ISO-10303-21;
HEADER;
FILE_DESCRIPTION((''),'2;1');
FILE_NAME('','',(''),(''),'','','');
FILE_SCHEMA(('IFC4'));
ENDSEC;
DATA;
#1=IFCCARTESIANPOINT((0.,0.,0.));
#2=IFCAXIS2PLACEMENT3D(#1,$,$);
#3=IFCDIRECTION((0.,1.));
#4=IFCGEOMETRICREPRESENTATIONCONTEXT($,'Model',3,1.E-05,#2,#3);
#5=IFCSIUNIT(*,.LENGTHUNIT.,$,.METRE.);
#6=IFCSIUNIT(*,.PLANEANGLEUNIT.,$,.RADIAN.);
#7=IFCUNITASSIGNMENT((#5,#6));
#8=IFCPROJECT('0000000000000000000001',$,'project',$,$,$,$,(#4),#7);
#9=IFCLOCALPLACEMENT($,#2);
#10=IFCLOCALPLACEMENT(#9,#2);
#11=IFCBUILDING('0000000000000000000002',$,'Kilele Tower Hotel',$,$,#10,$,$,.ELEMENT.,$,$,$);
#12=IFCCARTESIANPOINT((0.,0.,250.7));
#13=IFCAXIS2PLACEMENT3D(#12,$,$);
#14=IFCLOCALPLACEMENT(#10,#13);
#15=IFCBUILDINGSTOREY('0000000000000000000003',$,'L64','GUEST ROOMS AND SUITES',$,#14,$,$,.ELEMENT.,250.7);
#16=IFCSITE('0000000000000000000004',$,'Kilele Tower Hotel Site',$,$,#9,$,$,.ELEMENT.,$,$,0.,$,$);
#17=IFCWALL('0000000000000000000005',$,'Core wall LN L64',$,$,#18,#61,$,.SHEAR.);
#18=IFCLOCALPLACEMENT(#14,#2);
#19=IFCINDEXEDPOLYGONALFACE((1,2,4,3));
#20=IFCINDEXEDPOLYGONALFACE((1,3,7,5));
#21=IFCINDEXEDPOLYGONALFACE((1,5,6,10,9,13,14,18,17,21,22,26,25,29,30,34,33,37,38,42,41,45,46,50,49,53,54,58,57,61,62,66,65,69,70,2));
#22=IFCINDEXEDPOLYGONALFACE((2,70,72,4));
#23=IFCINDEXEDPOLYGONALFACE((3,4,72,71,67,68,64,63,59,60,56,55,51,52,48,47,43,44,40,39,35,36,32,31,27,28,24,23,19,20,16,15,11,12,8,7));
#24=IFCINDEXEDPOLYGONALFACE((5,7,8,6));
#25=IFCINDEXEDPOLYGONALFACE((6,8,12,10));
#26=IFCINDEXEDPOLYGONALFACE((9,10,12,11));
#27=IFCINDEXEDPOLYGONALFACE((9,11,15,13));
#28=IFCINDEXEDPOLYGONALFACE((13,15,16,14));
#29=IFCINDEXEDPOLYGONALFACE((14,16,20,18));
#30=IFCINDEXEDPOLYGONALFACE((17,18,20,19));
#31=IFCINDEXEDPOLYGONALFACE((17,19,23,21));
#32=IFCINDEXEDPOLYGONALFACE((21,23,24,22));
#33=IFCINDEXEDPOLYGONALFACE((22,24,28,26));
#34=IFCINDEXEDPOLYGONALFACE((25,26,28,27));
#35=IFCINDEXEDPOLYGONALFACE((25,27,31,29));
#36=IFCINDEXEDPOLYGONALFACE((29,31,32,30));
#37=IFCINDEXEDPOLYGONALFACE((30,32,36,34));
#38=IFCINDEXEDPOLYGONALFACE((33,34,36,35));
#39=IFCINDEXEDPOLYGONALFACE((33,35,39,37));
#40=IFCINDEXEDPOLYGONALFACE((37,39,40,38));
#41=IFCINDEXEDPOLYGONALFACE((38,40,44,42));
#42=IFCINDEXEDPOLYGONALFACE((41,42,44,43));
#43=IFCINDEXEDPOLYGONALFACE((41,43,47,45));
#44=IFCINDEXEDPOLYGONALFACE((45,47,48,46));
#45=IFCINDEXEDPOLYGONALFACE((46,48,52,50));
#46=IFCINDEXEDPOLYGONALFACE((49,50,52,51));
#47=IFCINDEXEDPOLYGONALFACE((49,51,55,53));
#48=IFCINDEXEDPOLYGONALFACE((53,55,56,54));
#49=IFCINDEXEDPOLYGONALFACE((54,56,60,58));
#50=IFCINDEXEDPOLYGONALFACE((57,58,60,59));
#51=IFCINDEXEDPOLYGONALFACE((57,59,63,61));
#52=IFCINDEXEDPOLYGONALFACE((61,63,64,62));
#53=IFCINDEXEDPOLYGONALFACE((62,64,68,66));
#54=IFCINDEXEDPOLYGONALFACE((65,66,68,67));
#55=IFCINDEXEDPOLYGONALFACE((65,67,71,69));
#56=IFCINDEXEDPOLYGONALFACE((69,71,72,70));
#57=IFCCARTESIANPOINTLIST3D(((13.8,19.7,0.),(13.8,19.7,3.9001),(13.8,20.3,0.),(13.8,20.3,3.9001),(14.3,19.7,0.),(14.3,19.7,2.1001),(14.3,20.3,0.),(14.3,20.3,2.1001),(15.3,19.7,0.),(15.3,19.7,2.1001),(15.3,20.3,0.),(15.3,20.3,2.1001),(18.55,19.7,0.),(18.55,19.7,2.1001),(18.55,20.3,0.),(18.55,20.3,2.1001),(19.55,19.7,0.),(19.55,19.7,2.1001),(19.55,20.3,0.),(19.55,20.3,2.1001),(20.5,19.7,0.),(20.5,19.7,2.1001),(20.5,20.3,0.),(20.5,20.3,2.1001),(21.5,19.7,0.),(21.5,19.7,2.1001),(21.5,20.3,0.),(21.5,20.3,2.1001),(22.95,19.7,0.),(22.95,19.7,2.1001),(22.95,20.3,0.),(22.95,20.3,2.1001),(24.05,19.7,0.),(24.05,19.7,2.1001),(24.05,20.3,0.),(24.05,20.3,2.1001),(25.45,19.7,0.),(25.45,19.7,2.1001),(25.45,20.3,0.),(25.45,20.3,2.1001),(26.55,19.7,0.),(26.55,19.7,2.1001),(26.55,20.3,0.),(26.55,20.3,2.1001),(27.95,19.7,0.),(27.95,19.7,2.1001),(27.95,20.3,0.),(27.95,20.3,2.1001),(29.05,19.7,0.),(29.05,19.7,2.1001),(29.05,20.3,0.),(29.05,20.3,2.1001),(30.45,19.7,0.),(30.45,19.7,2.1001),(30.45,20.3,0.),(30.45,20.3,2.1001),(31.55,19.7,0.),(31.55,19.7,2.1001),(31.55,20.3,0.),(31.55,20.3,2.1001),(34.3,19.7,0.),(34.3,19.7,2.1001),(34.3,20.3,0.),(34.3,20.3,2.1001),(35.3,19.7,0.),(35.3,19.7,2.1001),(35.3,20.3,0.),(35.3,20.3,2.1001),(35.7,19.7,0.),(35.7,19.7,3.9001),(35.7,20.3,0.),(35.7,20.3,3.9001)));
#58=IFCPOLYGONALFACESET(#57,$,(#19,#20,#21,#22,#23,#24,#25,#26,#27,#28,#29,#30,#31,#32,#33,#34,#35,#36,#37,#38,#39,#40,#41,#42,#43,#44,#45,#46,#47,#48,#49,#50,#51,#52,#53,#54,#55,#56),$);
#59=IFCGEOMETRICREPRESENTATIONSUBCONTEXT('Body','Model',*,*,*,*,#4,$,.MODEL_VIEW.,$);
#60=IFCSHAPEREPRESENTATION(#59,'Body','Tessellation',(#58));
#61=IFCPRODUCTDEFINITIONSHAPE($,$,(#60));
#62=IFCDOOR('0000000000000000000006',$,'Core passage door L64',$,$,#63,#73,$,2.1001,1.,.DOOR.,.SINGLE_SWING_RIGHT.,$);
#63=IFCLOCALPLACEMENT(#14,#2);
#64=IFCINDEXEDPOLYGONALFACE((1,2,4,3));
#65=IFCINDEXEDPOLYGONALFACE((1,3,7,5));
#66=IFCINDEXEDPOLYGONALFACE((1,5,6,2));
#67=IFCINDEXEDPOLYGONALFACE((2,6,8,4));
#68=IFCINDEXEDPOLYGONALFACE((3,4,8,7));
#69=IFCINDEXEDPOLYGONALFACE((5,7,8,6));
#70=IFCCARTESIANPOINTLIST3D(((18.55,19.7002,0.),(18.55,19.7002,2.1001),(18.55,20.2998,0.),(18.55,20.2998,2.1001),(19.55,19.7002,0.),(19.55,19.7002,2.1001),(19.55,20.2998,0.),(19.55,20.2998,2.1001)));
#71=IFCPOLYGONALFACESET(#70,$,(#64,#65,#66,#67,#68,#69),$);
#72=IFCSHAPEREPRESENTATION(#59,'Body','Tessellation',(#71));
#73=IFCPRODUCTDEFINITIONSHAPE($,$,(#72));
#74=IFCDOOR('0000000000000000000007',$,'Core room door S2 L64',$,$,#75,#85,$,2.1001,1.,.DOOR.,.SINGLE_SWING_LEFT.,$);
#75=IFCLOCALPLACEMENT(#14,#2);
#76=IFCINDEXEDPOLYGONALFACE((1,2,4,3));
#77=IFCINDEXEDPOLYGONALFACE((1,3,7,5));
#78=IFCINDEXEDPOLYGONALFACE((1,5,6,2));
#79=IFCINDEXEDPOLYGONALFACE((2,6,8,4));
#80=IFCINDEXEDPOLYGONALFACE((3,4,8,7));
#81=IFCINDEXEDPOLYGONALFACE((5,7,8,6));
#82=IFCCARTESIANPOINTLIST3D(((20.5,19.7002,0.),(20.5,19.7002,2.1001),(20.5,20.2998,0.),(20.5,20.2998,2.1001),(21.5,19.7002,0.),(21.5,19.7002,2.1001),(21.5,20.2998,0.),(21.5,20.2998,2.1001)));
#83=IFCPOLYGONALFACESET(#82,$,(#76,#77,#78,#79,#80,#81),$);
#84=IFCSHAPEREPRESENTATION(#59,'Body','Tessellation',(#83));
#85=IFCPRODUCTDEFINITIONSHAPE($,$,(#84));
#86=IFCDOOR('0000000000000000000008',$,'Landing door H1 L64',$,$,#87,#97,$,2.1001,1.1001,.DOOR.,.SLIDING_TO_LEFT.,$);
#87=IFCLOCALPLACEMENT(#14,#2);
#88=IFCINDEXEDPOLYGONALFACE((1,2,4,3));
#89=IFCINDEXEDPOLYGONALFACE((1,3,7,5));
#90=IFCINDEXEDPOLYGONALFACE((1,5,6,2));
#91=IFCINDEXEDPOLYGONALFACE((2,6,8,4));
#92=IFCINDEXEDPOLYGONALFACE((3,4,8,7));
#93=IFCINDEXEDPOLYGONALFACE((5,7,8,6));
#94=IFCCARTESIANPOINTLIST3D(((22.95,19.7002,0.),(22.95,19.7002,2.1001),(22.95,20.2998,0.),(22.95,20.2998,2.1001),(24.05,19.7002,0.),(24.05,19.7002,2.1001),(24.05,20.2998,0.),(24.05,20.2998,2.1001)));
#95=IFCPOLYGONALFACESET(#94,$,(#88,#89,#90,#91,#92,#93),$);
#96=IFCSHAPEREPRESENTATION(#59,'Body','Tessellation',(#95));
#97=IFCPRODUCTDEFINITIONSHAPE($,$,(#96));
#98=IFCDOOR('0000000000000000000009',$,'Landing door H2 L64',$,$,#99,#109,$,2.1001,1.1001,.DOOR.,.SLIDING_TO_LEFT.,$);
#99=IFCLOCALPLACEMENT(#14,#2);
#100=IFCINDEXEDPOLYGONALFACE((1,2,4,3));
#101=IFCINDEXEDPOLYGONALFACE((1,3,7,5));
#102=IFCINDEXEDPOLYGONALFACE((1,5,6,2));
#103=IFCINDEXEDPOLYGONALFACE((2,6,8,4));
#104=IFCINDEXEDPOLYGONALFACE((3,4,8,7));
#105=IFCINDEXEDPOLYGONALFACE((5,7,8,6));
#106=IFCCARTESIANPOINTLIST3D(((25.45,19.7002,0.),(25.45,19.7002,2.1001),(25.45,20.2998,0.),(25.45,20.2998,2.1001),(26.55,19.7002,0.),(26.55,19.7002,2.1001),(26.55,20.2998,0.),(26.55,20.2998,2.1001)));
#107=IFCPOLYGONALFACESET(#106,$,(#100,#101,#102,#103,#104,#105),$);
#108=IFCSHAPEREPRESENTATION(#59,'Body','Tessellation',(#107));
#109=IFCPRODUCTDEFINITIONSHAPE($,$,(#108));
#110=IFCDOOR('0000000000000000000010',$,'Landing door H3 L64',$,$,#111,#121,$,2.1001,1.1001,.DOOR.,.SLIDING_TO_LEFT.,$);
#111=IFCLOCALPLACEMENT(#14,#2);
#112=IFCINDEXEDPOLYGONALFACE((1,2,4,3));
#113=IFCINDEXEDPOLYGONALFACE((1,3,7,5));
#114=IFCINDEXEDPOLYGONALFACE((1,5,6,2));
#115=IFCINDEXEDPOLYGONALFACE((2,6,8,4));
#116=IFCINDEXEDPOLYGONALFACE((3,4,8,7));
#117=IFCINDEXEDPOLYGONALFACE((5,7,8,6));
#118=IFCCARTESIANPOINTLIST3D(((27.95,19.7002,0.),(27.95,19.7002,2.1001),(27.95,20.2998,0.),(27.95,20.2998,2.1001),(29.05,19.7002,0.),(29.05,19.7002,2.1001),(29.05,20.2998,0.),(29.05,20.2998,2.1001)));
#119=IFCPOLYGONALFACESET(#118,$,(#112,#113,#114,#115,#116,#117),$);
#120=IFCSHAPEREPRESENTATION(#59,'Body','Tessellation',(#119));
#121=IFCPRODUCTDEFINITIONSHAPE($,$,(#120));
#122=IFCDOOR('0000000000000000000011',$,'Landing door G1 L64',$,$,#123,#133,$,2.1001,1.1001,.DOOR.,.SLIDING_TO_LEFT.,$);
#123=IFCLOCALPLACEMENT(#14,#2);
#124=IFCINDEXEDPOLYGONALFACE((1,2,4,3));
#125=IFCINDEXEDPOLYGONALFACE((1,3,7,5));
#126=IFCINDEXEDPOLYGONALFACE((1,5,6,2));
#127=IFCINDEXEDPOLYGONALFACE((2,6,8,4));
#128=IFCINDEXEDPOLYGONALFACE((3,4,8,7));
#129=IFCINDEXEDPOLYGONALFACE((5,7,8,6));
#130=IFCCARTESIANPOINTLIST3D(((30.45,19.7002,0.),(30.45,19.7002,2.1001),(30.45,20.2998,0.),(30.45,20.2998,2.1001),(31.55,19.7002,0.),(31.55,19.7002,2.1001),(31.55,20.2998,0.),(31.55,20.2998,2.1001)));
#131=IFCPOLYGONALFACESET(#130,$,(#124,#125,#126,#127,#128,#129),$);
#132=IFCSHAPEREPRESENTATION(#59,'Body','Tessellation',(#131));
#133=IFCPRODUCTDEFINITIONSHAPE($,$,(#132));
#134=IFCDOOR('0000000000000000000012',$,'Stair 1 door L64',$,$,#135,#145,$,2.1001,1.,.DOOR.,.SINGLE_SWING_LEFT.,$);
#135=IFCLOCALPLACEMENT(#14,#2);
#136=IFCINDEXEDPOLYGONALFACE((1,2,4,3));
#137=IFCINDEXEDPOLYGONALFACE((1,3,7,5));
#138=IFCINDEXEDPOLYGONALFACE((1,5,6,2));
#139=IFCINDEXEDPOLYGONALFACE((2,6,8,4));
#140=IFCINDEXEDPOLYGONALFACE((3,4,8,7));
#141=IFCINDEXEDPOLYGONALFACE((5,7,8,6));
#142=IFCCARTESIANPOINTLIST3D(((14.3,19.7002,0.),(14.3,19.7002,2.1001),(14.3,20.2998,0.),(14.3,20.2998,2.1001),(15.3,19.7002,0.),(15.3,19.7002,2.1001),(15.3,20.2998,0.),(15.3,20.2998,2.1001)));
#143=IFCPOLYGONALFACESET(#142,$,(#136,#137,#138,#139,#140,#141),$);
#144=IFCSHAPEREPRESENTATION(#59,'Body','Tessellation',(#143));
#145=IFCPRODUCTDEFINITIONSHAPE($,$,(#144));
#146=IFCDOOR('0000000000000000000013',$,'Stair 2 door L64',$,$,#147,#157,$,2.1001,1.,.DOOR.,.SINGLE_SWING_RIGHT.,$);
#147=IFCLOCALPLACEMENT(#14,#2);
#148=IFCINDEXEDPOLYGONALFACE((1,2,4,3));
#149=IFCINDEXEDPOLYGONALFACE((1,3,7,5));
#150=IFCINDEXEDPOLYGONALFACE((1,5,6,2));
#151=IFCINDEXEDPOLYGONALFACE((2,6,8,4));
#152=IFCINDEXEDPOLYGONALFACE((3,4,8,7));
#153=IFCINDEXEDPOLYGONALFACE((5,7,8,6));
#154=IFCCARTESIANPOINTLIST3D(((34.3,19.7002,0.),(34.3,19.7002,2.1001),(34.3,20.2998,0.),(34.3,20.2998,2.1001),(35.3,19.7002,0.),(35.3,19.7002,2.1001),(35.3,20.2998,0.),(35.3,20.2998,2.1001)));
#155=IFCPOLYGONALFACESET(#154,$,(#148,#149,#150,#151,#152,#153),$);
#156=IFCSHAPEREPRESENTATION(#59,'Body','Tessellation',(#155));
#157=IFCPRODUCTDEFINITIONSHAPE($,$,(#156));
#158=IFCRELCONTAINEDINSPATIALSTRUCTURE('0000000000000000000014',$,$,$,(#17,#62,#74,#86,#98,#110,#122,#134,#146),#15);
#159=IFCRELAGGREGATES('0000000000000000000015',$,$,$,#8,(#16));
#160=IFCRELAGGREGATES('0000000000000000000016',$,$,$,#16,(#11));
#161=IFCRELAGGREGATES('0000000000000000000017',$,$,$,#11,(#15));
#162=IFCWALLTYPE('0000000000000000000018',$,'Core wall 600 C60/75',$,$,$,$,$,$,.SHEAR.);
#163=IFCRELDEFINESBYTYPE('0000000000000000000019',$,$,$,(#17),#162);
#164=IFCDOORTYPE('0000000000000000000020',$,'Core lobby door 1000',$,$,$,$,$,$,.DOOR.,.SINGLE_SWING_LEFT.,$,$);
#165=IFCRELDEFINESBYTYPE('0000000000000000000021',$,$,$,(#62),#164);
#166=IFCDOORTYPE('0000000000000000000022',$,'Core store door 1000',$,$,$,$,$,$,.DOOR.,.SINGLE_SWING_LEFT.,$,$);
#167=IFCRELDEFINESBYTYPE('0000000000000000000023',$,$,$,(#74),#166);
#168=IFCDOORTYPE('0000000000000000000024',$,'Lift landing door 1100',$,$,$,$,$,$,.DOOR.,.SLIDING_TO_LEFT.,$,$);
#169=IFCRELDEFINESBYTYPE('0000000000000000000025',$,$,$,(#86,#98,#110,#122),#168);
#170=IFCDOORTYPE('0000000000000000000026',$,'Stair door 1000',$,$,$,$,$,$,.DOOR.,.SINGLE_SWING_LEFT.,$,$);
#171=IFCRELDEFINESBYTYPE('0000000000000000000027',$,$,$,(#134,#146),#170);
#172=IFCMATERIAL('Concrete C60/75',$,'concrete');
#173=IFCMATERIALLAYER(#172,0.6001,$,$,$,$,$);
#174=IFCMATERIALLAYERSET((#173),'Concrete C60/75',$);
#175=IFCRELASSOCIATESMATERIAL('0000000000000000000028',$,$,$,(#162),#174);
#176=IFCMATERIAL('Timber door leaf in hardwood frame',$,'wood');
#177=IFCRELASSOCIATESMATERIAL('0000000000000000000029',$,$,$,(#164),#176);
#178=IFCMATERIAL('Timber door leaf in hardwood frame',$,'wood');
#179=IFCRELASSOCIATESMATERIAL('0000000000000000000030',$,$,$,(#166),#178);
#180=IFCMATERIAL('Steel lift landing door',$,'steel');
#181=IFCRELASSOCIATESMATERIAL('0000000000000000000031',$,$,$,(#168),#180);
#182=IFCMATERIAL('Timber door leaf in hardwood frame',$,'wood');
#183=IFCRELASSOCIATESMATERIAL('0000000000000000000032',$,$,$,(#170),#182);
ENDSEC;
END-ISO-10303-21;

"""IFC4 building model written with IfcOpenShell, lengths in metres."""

from ifc_helpers import new_model, si_unit, direction, frame, frame_2d, origin, place, context, subcontext, project, spatial, rectangle, extrude, material, layer, layer_set, type_object, element, fill, save


model = new_model("IFC4")

# Units and contexts
model_context = context("Model", 3, precision=1e-05, world=origin(), true_north=direction((0.0, 1.0)))
body_context = subcontext(model_context, "Body", "Model", "MODEL_VIEW")
ifc_project = project(units=[si_unit("LENGTHUNIT", "METRE"), si_unit("PLANEANGLEUNIT", "RADIAN")], contexts=[model_context])

# Site, building, storey
site_placement = place(None, origin())
site = spatial("IfcSite", under=ifc_project, at=site_placement, Name="Kilele Tower Hotel Site", CompositionType="ELEMENT", RefElevation=0.0)
building_placement = place(site_placement, origin())
building = spatial("IfcBuilding", under=site, at=building_placement, Name="Kilele Tower Hotel", CompositionType="ELEMENT")
storey_placement = place(building_placement, frame((0.0, 0.0, 250.7)))
storey = spatial("IfcBuildingStorey", under=building, at=storey_placement, Name="L64", Description="GUEST ROOMS AND SUITES", CompositionType="ELEMENT", Elevation=250.7)

# Wall, openings, doors
ifc_material_1 = material(Name="Concrete C60/75", Category="concrete")
ifc_layer_1 = layer(ifc_material_1, 0.6001)
ifc_layer_set_1 = layer_set([ifc_layer_1], Name="Concrete C60/75")
wall_type_1 = type_object("IfcWallType", Name="Core wall 600 C60/75", PredefinedType="SHEAR", material=ifc_layer_set_1)
wall_1_placement = place(storey_placement, frame((13.8, 20.0, 0.0), z_axis=(0.0, 0.0, 1.0), x_axis=(1.0, 0.0, 0.0)))
wall_1 = element("IfcWall", 1, at=wall_1_placement, inside=storey, type_object=wall_type_1, Name="Core wall LN L64", PredefinedType="SHEAR", context=body_context, shape_type="SweptSolid", body=[
    extrude(rectangle(XDim=21.8999, YDim=0.6001, at=frame_2d((10.95, 0.0))), origin(), (0.0, 0.0, 1.0), 3.9001),
])
opening_1_placement = place(wall_1_placement, frame((0.5, 0.0, 0.0)))
opening_1 = element("IfcOpeningElement", 2, at=opening_1_placement, cuts=wall_1, PredefinedType="OPENING", context=body_context, shape_type="SweptSolid", body=[
    extrude(rectangle(XDim=1.0, YDim=2.1001, at=frame_2d((0.5, 1.05))), frame((0.0, 0.3101, 0.0), z_axis=(0.0, -1.0, 0.0), x_axis=(1.0, 0.0, 0.0)), (0.0, 0.0, 1.0), 0.6201),
])
opening_2_placement = place(wall_1_placement, frame((20.5, 0.0, 0.0)))
opening_2 = element("IfcOpeningElement", 3, at=opening_2_placement, cuts=wall_1, PredefinedType="OPENING", context=body_context, shape_type="SweptSolid", body=[
    extrude(rectangle(XDim=1.0, YDim=2.1001, at=frame_2d((0.5, 1.05))), frame((0.0, 0.3101, 0.0), z_axis=(0.0, -1.0, 0.0), x_axis=(1.0, 0.0, 0.0)), (0.0, 0.0, 1.0), 0.6201),
])
opening_3_placement = place(wall_1_placement, frame((9.1499, 0.0, 0.0)))
opening_3 = element("IfcOpeningElement", 4, at=opening_3_placement, cuts=wall_1, PredefinedType="OPENING", context=body_context, shape_type="SweptSolid", body=[
    extrude(rectangle(XDim=1.1001, YDim=2.1001, at=frame_2d((0.55, 1.05))), frame((0.0, 0.3101, 0.0), z_axis=(0.0, -1.0, 0.0), x_axis=(1.0, 0.0, 0.0)), (0.0, 0.0, 1.0), 0.6201),
])
opening_4_placement = place(wall_1_placement, frame((11.6499, 0.0, 0.0)))
opening_4 = element("IfcOpeningElement", 5, at=opening_4_placement, cuts=wall_1, PredefinedType="OPENING", context=body_context, shape_type="SweptSolid", body=[
    extrude(rectangle(XDim=1.1001, YDim=2.1001, at=frame_2d((0.55, 1.05))), frame((0.0, 0.3101, 0.0), z_axis=(0.0, -1.0, 0.0), x_axis=(1.0, 0.0, 0.0)), (0.0, 0.0, 1.0), 0.6201),
])
opening_5_placement = place(wall_1_placement, frame((14.1499, 0.0, 0.0)))
opening_5 = element("IfcOpeningElement", 6, at=opening_5_placement, cuts=wall_1, PredefinedType="OPENING", context=body_context, shape_type="SweptSolid", body=[
    extrude(rectangle(XDim=1.1001, YDim=2.1001, at=frame_2d((0.55, 1.05))), frame((0.0, 0.3101, 0.0), z_axis=(0.0, -1.0, 0.0), x_axis=(1.0, 0.0, 0.0)), (0.0, 0.0, 1.0), 0.6201),
])
opening_6_placement = place(wall_1_placement, frame((16.6499, 0.0, 0.0)))
opening_6 = element("IfcOpeningElement", 7, at=opening_6_placement, cuts=wall_1, PredefinedType="OPENING", context=body_context, shape_type="SweptSolid", body=[
    extrude(rectangle(XDim=1.1001, YDim=2.1001, at=frame_2d((0.55, 1.05))), frame((0.0, 0.3101, 0.0), z_axis=(0.0, -1.0, 0.0), x_axis=(1.0, 0.0, 0.0)), (0.0, 0.0, 1.0), 0.6201),
])
opening_7_placement = place(wall_1_placement, frame((5.75, 0.0, 0.0), z_axis=(0.0, 0.0, 1.0), x_axis=(-1.0, 0.0, 0.0)))
opening_7 = element("IfcOpeningElement", 8, at=opening_7_placement, cuts=wall_1, PredefinedType="OPENING", context=body_context, shape_type="SweptSolid", body=[
    extrude(rectangle(XDim=1.0, YDim=2.1001, at=frame_2d((0.5, 1.05))), frame((0.0, 0.3101, 0.0), z_axis=(0.0, -1.0, 0.0), x_axis=(1.0, 0.0, 0.0)), (0.0, 0.0, 1.0), 0.6201),
])
opening_8_placement = place(wall_1_placement, frame((6.7, 0.0, 0.0)))
opening_8 = element("IfcOpeningElement", 9, at=opening_8_placement, cuts=wall_1, PredefinedType="OPENING", context=body_context, shape_type="SweptSolid", body=[
    extrude(rectangle(XDim=1.0, YDim=2.1001, at=frame_2d((0.5, 1.05))), frame((0.0, 0.3101, 0.0), z_axis=(0.0, -1.0, 0.0), x_axis=(1.0, 0.0, 0.0)), (0.0, 0.0, 1.0), 0.6201),
])
ifc_material_2 = material(Name="Timber door leaf in hardwood frame", Category="wood")
door_type_1 = type_object("IfcDoorType", Name="Core lobby door 1000", OperationType="SINGLE_SWING_LEFT", PredefinedType="DOOR", material=ifc_material_2)
door_1_placement = place(opening_7_placement, origin())
door_1 = element("IfcDoor", 10, at=door_1_placement, inside=storey, type_object=door_type_1, Name="Core passage door L64", OperationType="SINGLE_SWING_RIGHT", OverallHeight=2.1001, OverallWidth=1.0, PredefinedType="DOOR", context=body_context, shape_type="SweptSolid", body=[
    extrude(rectangle(XDim=1.0, YDim=2.1001, at=frame_2d((0.5, 1.05))), frame((0.0, 0.2998, 0.0), z_axis=(0.0, -1.0, 0.0), x_axis=(1.0, 0.0, 0.0)), (0.0, 0.0, 1.0), 0.5996),
])
fill(opening_7, door_1)
ifc_material_3 = material(Name="Timber door leaf in hardwood frame", Category="wood")
door_type_2 = type_object("IfcDoorType", Name="Core store door 1000", OperationType="SINGLE_SWING_LEFT", PredefinedType="DOOR", material=ifc_material_3)
door_2_placement = place(opening_8_placement, origin())
door_2 = element("IfcDoor", 11, at=door_2_placement, inside=storey, type_object=door_type_2, Name="Core room door S2 L64", OperationType="SINGLE_SWING_LEFT", OverallHeight=2.1001, OverallWidth=1.0, PredefinedType="DOOR", context=body_context, shape_type="SweptSolid", body=[
    extrude(rectangle(XDim=1.0, YDim=2.1001, at=frame_2d((0.5, 1.05))), frame((0.0, 0.2998, 0.0), z_axis=(0.0, -1.0, 0.0), x_axis=(1.0, 0.0, 0.0)), (0.0, 0.0, 1.0), 0.5996),
])
fill(opening_8, door_2)
ifc_material_4 = material(Name="Steel lift landing door", Category="steel")
door_type_3 = type_object("IfcDoorType", Name="Lift landing door 1100", OperationType="SLIDING_TO_LEFT", PredefinedType="DOOR", material=ifc_material_4)
door_3_placement = place(opening_3_placement, origin())
door_3 = element("IfcDoor", 12, at=door_3_placement, inside=storey, type_object=door_type_3, Name="Landing door H1 L64", OperationType="SLIDING_TO_LEFT", OverallHeight=2.1001, OverallWidth=1.1001, PredefinedType="DOOR", context=body_context, shape_type="SweptSolid", body=[
    extrude(rectangle(XDim=1.1001, YDim=2.1001, at=frame_2d((0.55, 1.05))), frame((0.0, 0.2998, 0.0), z_axis=(0.0, -1.0, 0.0), x_axis=(1.0, 0.0, 0.0)), (0.0, 0.0, 1.0), 0.5996),
])
fill(opening_3, door_3)
door_4_placement = place(opening_4_placement, origin())
door_4 = element("IfcDoor", 13, at=door_4_placement, inside=storey, type_object=door_type_3, Name="Landing door H2 L64", OperationType="SLIDING_TO_LEFT", OverallHeight=2.1001, OverallWidth=1.1001, PredefinedType="DOOR", context=body_context, shape_type="SweptSolid", body=[
    extrude(rectangle(XDim=1.1001, YDim=2.1001, at=frame_2d((0.55, 1.05))), frame((0.0, 0.2998, 0.0), z_axis=(0.0, -1.0, 0.0), x_axis=(1.0, 0.0, 0.0)), (0.0, 0.0, 1.0), 0.5996),
])
fill(opening_4, door_4)
door_5_placement = place(opening_5_placement, origin())
door_5 = element("IfcDoor", 14, at=door_5_placement, inside=storey, type_object=door_type_3, Name="Landing door H3 L64", OperationType="SLIDING_TO_LEFT", OverallHeight=2.1001, OverallWidth=1.1001, PredefinedType="DOOR", context=body_context, shape_type="SweptSolid", body=[
    extrude(rectangle(XDim=1.1001, YDim=2.1001, at=frame_2d((0.55, 1.05))), frame((0.0, 0.2998, 0.0), z_axis=(0.0, -1.0, 0.0), x_axis=(1.0, 0.0, 0.0)), (0.0, 0.0, 1.0), 0.5996),
])
fill(opening_5, door_5)
door_6_placement = place(opening_6_placement, origin())
door_6 = element("IfcDoor", 15, at=door_6_placement, inside=storey, type_object=door_type_3, Name="Landing door G1 L64", OperationType="SLIDING_TO_LEFT", OverallHeight=2.1001, OverallWidth=1.1001, PredefinedType="DOOR", context=body_context, shape_type="SweptSolid", body=[
    extrude(rectangle(XDim=1.1001, YDim=2.1001, at=frame_2d((0.55, 1.05))), frame((0.0, 0.2998, 0.0), z_axis=(0.0, -1.0, 0.0), x_axis=(1.0, 0.0, 0.0)), (0.0, 0.0, 1.0), 0.5996),
])
fill(opening_6, door_6)
ifc_material_5 = material(Name="Timber door leaf in hardwood frame", Category="wood")
door_type_4 = type_object("IfcDoorType", Name="Stair door 1000", OperationType="SINGLE_SWING_LEFT", PredefinedType="DOOR", material=ifc_material_5)
door_7_placement = place(opening_1_placement, origin())
door_7 = element("IfcDoor", 16, at=door_7_placement, inside=storey, type_object=door_type_4, Name="Stair 1 door L64", OperationType="SINGLE_SWING_LEFT", OverallHeight=2.1001, OverallWidth=1.0, PredefinedType="DOOR", context=body_context, shape_type="SweptSolid", body=[
    extrude(rectangle(XDim=1.0, YDim=2.1001, at=frame_2d((0.5, 1.05))), frame((0.0, 0.2998, 0.0), z_axis=(0.0, -1.0, 0.0), x_axis=(1.0, 0.0, 0.0)), (0.0, 0.0, 1.0), 0.5996),
])
fill(opening_1, door_7)
door_8_placement = place(opening_2_placement, origin())
door_8 = element("IfcDoor", 17, at=door_8_placement, inside=storey, type_object=door_type_4, Name="Stair 2 door L64", OperationType="SINGLE_SWING_RIGHT", OverallHeight=2.1001, OverallWidth=1.0, PredefinedType="DOOR", context=body_context, shape_type="SweptSolid", body=[
    extrude(rectangle(XDim=1.0, YDim=2.1001, at=frame_2d((0.5, 1.05))), frame((0.0, 0.2998, 0.0), z_axis=(0.0, -1.0, 0.0), x_axis=(1.0, 0.0, 0.0)), (0.0, 0.0, 1.0), 0.5996),
])
fill(opening_2, door_8)

save(model, "model.ifc")
